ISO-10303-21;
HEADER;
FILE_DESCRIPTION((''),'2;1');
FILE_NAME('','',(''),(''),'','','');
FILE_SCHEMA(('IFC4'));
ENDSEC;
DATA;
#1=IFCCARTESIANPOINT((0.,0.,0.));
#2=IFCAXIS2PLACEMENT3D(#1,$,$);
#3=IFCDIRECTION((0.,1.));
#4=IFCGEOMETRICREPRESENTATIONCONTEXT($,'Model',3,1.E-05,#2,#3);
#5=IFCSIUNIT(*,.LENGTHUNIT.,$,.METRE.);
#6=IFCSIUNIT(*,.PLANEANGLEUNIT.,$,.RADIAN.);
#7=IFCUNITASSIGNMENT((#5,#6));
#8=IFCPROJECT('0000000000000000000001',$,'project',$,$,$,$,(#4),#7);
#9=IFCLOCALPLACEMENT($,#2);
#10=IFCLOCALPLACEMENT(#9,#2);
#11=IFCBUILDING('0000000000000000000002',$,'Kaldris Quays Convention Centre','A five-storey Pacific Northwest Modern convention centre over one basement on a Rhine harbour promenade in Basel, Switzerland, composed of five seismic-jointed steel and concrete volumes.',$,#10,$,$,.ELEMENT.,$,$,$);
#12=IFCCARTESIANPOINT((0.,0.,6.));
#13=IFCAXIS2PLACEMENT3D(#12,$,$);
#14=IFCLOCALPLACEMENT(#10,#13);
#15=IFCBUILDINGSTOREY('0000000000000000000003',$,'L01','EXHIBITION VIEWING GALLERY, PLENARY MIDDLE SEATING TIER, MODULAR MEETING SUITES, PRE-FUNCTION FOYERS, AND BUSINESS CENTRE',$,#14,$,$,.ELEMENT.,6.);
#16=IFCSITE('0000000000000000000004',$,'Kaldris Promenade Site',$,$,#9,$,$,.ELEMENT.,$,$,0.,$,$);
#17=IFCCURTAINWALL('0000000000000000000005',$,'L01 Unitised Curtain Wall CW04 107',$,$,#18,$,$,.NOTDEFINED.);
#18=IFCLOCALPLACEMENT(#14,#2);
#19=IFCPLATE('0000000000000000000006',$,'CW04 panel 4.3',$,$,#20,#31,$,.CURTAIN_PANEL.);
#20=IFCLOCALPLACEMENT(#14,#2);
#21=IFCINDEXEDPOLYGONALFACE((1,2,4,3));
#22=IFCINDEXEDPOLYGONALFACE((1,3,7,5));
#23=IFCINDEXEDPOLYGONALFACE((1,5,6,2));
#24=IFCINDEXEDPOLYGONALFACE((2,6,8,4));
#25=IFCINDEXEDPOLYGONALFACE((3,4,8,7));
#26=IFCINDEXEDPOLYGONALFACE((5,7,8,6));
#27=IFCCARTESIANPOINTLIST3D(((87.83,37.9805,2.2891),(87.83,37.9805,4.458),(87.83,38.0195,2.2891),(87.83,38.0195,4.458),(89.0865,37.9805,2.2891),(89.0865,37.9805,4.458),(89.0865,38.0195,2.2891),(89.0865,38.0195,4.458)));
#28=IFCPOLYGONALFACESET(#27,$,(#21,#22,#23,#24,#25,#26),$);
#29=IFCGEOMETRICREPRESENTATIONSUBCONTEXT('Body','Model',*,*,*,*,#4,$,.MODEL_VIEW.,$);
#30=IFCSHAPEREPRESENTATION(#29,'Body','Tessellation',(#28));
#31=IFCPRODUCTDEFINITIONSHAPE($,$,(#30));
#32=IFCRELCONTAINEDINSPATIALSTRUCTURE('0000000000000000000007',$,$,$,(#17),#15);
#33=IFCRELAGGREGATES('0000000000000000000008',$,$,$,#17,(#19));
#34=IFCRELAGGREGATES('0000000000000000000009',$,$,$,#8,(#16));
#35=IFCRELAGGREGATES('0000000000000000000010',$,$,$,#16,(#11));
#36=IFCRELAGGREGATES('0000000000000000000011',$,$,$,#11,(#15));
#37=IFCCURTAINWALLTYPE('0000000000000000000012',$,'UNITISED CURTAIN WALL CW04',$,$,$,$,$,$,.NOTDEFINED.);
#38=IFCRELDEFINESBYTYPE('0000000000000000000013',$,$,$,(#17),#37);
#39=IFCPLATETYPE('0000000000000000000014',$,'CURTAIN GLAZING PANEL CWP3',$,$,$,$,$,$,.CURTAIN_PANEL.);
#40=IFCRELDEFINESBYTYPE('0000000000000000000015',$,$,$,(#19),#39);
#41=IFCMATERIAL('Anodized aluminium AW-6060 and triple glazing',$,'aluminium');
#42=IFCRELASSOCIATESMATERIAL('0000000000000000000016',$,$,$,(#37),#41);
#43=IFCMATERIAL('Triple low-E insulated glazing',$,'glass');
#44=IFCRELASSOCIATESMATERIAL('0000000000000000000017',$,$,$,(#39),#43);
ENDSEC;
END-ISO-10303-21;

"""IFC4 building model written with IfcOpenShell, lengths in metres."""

from ifc_helpers import new_model, si_unit, direction, frame, origin, origin_2d, place, context, subcontext, project, spatial, rectangle, extrude, material, type_object, element, aggregate, save


model = new_model("IFC4")

# Units and contexts
model_context = context("Model", 3, precision=1e-05, world=origin(), true_north=direction((0.0, 1.0)))
body_context = subcontext(model_context, "Body", "Model", "MODEL_VIEW")
ifc_project = project(units=[si_unit("LENGTHUNIT", "METRE"), si_unit("PLANEANGLEUNIT", "RADIAN")], contexts=[model_context])

# Site, building, storey
site_placement = place(None, origin())
site = spatial("IfcSite", under=ifc_project, at=site_placement, Name="Kaldris Promenade Site", CompositionType="ELEMENT", RefElevation=0.0)
building_placement = place(site_placement, origin())
building = spatial("IfcBuilding", under=site, at=building_placement, Name="Kaldris Quays Convention Centre", Description="A five-storey Pacific Northwest Modern convention centre over one basement on a Rhine harbour promenade in Basel, Switzerland, composed of five seismic-jointed steel and concrete volumes.", CompositionType="ELEMENT")
storey_placement = place(building_placement, frame((0.0, 0.0, 6.0)))
storey = spatial("IfcBuildingStorey", under=building, at=storey_placement, Name="L01", Description="EXHIBITION VIEWING GALLERY, PLENARY MIDDLE SEATING TIER, MODULAR MEETING SUITES, PRE-FUNCTION FOYERS, AND BUSINESS CENTRE", CompositionType="ELEMENT", Elevation=6.0)

# Curtain wall, plate
ifc_material_1 = material(Name="Anodized aluminium AW-6060 and triple glazing", Category="aluminium")
curtain_wall_type = type_object("IfcCurtainWallType", Name="UNITISED CURTAIN WALL CW04", PredefinedType="NOTDEFINED", material=ifc_material_1)
curtain_wall_placement = place(storey_placement, origin())
curtain_wall = element("IfcCurtainWall", 1, at=curtain_wall_placement, inside=storey, type_object=curtain_wall_type, Name="L01 Unitised Curtain Wall CW04 107", PredefinedType="NOTDEFINED")
ifc_material_2 = material(Name="Triple low-E insulated glazing", Category="glass")
plate_type = type_object("IfcPlateType", Name="CURTAIN GLAZING PANEL CWP3", PredefinedType="CURTAIN_PANEL", material=ifc_material_2)
plate_1_placement = place(storey_placement, frame((88.4583, 38.0, 2.2891), z_axis=(0.0, 0.0, 1.0), x_axis=(1.0, 0.0, 0.0)))
plate_1 = element("IfcPlate", 2, at=plate_1_placement, type_object=plate_type, Name="CW04 panel 4.3", PredefinedType="CURTAIN_PANEL", context=body_context, shape_type="SweptSolid", body=[
    extrude(rectangle(XDim=1.2566, YDim=0.0391, at=origin_2d()), origin(), (0.0, 0.0, 1.0), 2.1689),
])
aggregate(curtain_wall, [plate_1])

save(model, "model.ifc")
